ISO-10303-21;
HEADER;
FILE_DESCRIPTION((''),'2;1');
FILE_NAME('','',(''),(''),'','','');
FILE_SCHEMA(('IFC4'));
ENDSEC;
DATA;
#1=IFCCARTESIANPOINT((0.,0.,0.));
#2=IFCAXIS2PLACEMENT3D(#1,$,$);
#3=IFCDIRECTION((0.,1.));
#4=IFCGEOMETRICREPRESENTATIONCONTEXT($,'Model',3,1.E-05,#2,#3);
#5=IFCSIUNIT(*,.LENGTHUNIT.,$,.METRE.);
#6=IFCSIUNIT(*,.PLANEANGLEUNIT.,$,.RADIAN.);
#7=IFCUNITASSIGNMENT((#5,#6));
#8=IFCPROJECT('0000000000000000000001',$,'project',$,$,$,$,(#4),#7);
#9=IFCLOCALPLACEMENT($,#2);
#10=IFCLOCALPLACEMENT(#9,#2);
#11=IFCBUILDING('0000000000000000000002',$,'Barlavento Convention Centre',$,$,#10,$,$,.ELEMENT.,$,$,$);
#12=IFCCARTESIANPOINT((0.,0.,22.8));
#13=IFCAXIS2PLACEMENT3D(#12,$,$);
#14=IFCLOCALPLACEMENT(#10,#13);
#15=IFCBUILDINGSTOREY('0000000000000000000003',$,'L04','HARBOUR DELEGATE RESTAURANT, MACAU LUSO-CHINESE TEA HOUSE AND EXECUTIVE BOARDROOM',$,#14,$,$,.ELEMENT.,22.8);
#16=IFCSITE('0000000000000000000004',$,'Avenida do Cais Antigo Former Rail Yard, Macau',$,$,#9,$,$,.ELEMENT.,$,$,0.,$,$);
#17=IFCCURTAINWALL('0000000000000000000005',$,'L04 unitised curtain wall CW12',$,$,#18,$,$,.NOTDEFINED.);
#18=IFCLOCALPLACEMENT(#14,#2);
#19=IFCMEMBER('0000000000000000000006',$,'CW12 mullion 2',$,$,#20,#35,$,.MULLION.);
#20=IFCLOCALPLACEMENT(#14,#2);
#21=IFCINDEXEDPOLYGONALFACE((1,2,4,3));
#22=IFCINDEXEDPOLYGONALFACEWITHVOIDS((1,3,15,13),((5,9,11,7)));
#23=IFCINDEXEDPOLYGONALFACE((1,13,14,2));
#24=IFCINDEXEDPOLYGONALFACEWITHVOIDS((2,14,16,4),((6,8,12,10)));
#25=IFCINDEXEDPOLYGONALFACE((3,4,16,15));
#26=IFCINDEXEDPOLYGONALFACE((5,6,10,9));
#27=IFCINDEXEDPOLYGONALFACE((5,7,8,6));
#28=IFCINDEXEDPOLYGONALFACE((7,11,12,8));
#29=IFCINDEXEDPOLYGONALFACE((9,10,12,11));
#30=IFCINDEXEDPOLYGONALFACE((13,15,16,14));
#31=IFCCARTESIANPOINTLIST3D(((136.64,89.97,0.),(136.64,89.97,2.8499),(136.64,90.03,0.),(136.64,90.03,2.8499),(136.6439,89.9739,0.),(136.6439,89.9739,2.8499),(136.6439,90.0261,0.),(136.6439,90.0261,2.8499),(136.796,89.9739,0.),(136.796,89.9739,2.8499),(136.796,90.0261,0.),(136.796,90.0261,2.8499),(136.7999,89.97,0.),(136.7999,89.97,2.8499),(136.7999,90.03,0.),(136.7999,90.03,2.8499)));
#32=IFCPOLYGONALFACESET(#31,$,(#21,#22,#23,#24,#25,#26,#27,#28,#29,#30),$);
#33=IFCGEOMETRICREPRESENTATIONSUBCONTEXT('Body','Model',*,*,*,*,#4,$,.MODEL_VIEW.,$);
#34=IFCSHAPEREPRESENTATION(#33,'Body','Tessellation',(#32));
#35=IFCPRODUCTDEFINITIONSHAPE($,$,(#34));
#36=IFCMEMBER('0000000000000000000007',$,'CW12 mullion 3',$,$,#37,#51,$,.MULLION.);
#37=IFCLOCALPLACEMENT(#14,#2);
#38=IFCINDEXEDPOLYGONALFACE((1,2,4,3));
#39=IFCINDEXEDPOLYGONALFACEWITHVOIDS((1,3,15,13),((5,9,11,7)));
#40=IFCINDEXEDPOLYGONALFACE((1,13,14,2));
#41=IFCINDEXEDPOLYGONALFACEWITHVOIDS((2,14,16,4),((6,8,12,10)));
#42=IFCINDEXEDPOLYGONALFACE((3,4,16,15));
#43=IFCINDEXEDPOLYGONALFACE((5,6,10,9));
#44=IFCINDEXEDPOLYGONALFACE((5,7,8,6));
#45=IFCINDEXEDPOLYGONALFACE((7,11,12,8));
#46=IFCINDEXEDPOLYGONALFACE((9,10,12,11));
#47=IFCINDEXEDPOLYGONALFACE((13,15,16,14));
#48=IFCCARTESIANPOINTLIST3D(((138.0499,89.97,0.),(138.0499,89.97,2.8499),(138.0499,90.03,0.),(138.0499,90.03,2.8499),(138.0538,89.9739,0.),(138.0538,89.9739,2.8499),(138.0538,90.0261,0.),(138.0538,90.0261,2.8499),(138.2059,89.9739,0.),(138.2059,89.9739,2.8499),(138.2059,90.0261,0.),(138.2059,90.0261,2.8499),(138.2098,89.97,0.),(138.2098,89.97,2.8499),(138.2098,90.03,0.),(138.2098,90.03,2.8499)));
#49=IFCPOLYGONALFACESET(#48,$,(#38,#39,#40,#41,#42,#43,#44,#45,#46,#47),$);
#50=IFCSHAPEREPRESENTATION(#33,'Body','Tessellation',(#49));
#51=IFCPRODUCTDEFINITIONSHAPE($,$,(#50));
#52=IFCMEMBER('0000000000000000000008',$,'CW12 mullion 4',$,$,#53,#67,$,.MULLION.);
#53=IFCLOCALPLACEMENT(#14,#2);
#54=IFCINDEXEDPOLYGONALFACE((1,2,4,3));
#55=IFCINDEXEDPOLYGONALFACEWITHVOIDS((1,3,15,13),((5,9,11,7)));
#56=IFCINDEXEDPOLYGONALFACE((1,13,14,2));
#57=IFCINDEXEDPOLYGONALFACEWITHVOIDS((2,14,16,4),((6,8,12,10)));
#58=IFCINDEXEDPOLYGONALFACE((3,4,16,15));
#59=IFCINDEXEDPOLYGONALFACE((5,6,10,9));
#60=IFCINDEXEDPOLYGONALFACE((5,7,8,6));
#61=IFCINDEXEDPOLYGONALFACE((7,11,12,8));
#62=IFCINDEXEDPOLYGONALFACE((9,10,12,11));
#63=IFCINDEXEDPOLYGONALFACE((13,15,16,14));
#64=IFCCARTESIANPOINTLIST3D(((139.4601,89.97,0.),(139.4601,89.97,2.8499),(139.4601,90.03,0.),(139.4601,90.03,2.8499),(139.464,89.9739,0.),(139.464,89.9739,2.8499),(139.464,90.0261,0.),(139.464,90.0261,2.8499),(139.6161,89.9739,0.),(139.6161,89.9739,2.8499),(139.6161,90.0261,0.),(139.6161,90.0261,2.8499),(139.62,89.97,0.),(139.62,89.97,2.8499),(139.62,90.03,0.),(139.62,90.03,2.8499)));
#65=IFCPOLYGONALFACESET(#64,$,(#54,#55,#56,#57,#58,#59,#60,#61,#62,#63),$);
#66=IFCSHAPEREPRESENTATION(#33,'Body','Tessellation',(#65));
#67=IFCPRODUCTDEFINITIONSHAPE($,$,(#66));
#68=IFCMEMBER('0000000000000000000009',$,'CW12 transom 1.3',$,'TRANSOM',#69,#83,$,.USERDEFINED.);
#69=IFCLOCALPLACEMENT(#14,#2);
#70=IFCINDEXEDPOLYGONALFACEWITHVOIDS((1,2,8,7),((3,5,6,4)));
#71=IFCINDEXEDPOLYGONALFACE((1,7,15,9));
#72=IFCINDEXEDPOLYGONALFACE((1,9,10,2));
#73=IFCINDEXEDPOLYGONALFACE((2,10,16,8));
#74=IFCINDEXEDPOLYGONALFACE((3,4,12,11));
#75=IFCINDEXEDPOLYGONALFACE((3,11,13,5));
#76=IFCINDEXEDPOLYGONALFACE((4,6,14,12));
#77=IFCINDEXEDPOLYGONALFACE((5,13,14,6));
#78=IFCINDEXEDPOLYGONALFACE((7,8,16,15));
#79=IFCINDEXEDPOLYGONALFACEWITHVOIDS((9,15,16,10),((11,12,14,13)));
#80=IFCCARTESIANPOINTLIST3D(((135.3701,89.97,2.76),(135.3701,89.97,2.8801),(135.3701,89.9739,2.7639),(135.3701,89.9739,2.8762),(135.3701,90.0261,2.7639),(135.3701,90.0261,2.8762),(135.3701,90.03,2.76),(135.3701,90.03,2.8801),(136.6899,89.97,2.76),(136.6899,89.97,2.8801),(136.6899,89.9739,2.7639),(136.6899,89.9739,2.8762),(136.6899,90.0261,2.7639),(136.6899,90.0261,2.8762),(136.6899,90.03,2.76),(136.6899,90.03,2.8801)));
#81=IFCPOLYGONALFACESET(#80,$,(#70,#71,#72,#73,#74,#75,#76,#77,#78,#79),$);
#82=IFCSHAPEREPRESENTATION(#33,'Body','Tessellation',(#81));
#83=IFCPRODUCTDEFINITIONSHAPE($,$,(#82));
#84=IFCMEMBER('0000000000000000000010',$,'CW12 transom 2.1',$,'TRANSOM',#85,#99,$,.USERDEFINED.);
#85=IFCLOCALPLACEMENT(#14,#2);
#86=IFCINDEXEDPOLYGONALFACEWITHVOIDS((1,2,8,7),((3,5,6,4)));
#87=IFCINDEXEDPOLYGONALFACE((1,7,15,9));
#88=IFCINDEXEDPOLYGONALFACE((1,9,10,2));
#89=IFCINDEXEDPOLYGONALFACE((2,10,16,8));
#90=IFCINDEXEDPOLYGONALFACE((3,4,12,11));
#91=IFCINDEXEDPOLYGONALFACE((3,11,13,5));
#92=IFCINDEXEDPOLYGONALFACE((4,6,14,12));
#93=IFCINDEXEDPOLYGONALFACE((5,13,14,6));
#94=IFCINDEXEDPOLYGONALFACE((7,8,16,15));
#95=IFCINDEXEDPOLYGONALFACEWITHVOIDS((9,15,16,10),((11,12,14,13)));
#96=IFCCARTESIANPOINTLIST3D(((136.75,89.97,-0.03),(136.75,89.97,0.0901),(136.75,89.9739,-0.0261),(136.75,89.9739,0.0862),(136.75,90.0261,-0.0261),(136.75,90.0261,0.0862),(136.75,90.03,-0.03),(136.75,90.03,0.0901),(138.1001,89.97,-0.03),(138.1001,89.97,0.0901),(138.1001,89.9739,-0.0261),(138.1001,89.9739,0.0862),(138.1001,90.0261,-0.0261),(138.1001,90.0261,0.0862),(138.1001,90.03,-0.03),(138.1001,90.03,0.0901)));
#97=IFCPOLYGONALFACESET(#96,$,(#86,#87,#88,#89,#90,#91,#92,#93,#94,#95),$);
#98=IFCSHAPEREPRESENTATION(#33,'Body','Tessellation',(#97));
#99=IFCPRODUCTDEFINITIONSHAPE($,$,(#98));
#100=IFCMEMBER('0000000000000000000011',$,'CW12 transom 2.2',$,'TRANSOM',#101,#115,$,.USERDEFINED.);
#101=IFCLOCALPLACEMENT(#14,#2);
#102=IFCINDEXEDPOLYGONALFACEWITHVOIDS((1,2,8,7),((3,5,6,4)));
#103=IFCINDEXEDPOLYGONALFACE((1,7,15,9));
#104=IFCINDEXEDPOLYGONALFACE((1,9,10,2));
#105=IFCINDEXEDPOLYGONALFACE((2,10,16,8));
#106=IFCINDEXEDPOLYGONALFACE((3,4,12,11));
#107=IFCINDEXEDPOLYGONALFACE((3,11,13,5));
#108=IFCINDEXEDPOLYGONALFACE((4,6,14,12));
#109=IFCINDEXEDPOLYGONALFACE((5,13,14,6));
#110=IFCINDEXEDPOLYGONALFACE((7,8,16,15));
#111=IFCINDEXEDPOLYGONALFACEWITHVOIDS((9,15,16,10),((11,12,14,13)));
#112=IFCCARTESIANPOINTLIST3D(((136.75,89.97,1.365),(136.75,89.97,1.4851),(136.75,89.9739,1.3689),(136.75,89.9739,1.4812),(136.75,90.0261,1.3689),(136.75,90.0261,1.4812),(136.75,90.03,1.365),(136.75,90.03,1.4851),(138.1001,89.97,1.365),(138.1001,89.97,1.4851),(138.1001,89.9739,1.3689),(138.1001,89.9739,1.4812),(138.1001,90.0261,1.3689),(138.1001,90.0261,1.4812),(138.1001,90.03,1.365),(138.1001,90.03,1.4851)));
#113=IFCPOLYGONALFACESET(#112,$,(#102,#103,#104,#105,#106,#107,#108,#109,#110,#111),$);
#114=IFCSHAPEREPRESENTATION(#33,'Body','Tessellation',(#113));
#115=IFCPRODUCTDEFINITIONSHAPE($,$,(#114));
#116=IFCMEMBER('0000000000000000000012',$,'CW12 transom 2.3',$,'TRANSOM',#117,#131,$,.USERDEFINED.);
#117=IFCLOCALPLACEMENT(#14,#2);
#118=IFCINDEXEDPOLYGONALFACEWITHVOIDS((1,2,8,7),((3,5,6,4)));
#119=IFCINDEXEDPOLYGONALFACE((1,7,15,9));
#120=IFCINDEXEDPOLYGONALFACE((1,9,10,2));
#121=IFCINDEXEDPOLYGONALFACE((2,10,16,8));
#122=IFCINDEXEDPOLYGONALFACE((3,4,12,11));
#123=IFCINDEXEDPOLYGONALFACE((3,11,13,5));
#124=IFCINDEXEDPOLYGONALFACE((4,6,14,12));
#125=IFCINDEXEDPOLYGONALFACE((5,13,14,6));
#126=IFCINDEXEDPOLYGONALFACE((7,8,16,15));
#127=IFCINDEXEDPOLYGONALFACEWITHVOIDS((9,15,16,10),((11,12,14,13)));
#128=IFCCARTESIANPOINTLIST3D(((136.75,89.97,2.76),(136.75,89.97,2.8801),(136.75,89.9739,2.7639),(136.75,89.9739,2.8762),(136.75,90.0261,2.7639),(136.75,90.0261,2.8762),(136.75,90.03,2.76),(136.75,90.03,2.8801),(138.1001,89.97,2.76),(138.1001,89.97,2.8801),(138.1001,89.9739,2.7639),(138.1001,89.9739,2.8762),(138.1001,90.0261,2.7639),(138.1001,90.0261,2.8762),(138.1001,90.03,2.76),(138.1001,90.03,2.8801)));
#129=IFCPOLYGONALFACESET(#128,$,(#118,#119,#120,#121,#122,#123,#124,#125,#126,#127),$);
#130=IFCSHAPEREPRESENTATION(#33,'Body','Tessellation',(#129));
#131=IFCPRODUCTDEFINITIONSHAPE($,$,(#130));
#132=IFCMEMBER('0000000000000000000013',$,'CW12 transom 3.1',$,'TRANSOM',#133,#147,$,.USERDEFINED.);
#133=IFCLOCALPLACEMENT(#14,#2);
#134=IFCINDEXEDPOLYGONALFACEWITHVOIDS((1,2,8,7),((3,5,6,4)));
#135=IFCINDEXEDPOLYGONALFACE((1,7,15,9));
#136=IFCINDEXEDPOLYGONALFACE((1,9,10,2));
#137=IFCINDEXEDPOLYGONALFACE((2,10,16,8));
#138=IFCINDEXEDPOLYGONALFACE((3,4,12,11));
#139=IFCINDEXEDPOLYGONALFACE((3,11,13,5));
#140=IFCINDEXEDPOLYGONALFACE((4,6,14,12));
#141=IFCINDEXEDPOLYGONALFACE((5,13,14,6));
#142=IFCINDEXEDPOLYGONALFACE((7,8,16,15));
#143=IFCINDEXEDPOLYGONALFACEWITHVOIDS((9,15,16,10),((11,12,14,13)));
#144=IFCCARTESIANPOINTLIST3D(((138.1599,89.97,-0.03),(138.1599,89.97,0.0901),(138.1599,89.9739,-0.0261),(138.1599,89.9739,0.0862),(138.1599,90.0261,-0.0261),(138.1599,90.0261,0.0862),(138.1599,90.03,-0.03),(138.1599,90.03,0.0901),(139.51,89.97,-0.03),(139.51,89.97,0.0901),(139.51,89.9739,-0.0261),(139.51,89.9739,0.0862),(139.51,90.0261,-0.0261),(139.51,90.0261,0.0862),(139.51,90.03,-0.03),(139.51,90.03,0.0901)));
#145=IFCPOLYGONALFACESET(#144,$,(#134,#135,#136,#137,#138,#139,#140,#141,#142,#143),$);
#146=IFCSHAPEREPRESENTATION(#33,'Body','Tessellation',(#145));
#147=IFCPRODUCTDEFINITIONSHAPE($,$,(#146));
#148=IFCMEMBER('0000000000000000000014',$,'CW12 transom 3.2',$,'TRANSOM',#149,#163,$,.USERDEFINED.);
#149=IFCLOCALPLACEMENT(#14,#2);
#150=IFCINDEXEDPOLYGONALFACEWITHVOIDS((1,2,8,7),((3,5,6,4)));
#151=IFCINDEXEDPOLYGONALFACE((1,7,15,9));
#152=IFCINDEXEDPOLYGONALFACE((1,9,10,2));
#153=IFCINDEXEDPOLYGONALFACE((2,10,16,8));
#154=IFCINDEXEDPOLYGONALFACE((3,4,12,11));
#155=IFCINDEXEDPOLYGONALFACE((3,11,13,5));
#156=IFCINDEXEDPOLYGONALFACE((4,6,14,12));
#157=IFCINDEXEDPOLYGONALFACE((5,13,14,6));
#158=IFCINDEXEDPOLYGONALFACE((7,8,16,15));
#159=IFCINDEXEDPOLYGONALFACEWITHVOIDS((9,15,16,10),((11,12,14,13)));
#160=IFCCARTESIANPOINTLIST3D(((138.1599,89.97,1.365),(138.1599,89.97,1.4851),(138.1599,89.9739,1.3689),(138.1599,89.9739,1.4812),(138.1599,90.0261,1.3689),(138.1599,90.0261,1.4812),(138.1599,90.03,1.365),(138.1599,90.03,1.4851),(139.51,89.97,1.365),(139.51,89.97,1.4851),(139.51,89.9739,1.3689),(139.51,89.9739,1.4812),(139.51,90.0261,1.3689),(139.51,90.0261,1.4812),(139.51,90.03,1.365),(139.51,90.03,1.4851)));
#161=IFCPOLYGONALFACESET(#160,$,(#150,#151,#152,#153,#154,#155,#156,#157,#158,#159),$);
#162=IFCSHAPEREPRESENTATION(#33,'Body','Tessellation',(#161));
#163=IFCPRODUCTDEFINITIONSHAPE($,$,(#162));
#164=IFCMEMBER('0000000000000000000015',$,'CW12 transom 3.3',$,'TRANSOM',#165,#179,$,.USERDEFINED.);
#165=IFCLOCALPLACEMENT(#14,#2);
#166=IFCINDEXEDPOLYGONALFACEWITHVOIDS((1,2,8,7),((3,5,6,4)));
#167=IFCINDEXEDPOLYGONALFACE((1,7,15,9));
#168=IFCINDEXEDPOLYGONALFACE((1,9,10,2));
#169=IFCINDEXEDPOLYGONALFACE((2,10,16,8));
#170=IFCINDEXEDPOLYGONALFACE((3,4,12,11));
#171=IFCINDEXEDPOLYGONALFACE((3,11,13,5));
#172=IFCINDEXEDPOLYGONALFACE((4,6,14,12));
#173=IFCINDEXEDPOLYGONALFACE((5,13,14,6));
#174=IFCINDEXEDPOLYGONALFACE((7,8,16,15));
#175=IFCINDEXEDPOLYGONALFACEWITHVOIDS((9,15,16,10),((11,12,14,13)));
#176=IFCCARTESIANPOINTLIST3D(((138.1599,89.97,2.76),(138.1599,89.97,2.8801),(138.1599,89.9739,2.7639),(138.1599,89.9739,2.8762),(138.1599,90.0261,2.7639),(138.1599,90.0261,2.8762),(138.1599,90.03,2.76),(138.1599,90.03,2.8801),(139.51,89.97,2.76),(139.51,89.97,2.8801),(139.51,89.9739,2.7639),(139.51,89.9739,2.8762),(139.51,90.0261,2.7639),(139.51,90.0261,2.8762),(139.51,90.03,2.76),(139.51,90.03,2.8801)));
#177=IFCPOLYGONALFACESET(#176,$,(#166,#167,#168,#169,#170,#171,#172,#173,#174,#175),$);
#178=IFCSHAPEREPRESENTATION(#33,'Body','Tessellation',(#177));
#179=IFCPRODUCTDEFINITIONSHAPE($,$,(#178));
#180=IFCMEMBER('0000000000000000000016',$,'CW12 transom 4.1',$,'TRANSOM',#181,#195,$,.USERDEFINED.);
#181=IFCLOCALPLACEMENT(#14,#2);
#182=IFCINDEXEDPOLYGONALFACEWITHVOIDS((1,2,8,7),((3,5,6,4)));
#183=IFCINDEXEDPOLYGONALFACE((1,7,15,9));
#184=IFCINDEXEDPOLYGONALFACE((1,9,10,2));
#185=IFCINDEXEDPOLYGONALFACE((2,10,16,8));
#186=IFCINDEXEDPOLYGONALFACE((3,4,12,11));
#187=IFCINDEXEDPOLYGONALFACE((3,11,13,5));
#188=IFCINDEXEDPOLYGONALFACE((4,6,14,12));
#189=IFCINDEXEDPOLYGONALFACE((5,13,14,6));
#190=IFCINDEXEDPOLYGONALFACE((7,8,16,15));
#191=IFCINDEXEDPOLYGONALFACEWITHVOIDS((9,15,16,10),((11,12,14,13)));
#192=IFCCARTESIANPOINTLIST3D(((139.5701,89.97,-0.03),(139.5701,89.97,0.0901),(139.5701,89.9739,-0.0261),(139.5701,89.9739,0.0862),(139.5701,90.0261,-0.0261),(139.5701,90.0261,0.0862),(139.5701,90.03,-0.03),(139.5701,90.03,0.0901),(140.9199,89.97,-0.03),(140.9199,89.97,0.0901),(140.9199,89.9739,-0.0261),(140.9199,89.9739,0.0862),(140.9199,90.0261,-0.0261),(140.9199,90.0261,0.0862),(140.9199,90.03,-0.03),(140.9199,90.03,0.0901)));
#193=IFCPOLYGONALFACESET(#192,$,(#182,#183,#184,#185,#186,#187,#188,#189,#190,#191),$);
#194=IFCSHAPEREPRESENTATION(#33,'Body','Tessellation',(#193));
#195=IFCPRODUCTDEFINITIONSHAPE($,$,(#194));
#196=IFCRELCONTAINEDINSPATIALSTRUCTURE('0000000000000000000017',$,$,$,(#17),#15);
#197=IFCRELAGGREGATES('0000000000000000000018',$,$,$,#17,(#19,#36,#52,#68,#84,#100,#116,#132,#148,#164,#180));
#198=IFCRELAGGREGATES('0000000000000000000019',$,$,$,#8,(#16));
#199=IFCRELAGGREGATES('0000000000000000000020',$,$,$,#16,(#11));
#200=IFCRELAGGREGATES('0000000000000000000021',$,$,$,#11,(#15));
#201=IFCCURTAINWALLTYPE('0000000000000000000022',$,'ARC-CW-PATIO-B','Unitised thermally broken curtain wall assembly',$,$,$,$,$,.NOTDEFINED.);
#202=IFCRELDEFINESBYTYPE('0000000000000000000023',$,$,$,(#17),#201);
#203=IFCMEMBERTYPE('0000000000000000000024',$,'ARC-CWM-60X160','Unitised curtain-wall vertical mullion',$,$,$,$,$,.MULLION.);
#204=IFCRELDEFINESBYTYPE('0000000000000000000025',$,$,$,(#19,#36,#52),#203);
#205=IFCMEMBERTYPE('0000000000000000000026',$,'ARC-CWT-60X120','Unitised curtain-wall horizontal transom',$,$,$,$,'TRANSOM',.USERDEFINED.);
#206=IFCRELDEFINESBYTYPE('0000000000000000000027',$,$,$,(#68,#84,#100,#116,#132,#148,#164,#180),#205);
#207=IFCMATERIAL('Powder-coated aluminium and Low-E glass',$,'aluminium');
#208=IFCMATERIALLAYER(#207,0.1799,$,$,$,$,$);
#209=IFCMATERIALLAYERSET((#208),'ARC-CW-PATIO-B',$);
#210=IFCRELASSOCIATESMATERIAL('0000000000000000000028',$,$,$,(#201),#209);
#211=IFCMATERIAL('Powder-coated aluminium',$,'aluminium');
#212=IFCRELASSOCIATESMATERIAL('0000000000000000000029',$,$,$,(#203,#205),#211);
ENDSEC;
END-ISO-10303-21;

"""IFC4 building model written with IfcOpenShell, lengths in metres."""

from ifc_helpers import new_model, si_unit, direction, frame, origin, origin_2d, place, context, subcontext, project, spatial, hollow_rectangle, extrude, material, layer, layer_set, material_profile, profile_set, type_object, element, aggregate, save


model = new_model("IFC4")

# Units and contexts
model_context = context("Model", 3, precision=1e-05, world=origin(), true_north=direction((0.0, 1.0)))
body_context = subcontext(model_context, "Body", "Model", "MODEL_VIEW")
ifc_project = project(units=[si_unit("LENGTHUNIT", "METRE"), si_unit("PLANEANGLEUNIT", "RADIAN")], contexts=[model_context])

# Site, building, storey
site_placement = place(None, origin())
site = spatial("IfcSite", under=ifc_project, at=site_placement, Name="Avenida do Cais Antigo Former Rail Yard, Macau", CompositionType="ELEMENT", RefElevation=0.0)
building_placement = place(site_placement, origin())
building = spatial("IfcBuilding", under=site, at=building_placement, Name="Barlavento Convention Centre", CompositionType="ELEMENT")
storey_placement = place(building_placement, frame((0.0, 0.0, 22.8)))
storey = spatial("IfcBuildingStorey", under=building, at=storey_placement, Name="L04", Description="HARBOUR DELEGATE RESTAURANT, MACAU LUSO-CHINESE TEA HOUSE AND EXECUTIVE BOARDROOM", CompositionType="ELEMENT", Elevation=22.8)

# Curtain wall, members
ifc_material_1 = material(Name="Powder-coated aluminium and Low-E glass", Category="aluminium")
ifc_layer_1 = layer(ifc_material_1, 0.1799)
ifc_layer_set_1 = layer_set([ifc_layer_1], Name="ARC-CW-PATIO-B")
curtain_wall_type = type_object("IfcCurtainWallType", Name="ARC-CW-PATIO-B", Description="Unitised thermally broken curtain wall assembly", PredefinedType="NOTDEFINED", material=ifc_layer_set_1)
curtain_wall_placement = place(storey_placement, origin())
curtain_wall = element("IfcCurtainWall", 1, at=curtain_wall_placement, inside=storey, type_object=curtain_wall_type, Name="L04 unitised curtain wall CW12", PredefinedType="NOTDEFINED")
ifc_material_2 = material(Name="Powder-coated aluminium", Category="aluminium")
ifc_material_profile_1 = material_profile(ifc_material_2, hollow_rectangle(XDim=0.0601, YDim=0.1599, WallThickness=0.0039, at=origin_2d()), Name="AL-MULL 60x160x4")
ifc_profile_set_1 = profile_set([ifc_material_profile_1], Name="Powder-coated aluminium")
member_type_1 = type_object("IfcMemberType", Name="ARC-CWM-60X160", Description="Unitised curtain-wall vertical mullion", PredefinedType="MULLION", material=ifc_profile_set_1)
member_1_placement = place(storey_placement, frame((136.72, 90.0, 0.0), z_axis=(0.0, 0.0, 1.0), x_axis=(0.0, 1.0, 0.0)))
member_1 = element("IfcMember", 2, at=member_1_placement, type_object=member_type_1, Name="CW12 mullion 2", PredefinedType="MULLION", context=body_context, shape_type="SweptSolid", body=[
    extrude(hollow_rectangle(XDim=0.0601, YDim=0.1599, WallThickness=0.0039, at=origin_2d()), origin(), (0.0, 0.0, 1.0), 2.8499),
])
member_2_placement = place(storey_placement, frame((138.1299, 90.0, 0.0), z_axis=(0.0, 0.0, 1.0), x_axis=(0.0, 1.0, 0.0)))
member_2 = element("IfcMember", 3, at=member_2_placement, type_object=member_type_1, Name="CW12 mullion 3", PredefinedType="MULLION", context=body_context, shape_type="SweptSolid", body=[
    extrude(hollow_rectangle(XDim=0.0601, YDim=0.1599, WallThickness=0.0039, at=origin_2d()), origin(), (0.0, 0.0, 1.0), 2.8499),
])
member_3_placement = place(storey_placement, frame((139.54, 90.0, 0.0), z_axis=(0.0, 0.0, 1.0), x_axis=(0.0, 1.0, 0.0)))
member_3 = element("IfcMember", 4, at=member_3_placement, type_object=member_type_1, Name="CW12 mullion 4", PredefinedType="MULLION", context=body_context, shape_type="SweptSolid", body=[
    extrude(hollow_rectangle(XDim=0.0601, YDim=0.1599, WallThickness=0.0039, at=origin_2d()), origin(), (0.0, 0.0, 1.0), 2.8499),
])
ifc_material_profile_2 = material_profile(ifc_material_2, hollow_rectangle(XDim=0.0601, YDim=0.1201, WallThickness=0.0039, at=origin_2d()), Name="AL-TRAN 60x120x4")
ifc_profile_set_2 = profile_set([ifc_material_profile_2], Name="Powder-coated aluminium")
member_type_2 = type_object("IfcMemberType", Name="ARC-CWT-60X120", Description="Unitised curtain-wall horizontal transom", ElementType="TRANSOM", PredefinedType="USERDEFINED", material=ifc_profile_set_2)
member_4_placement = place(storey_placement, frame((135.3701, 90.0, 2.8201), z_axis=(1.0, 0.0, 0.0), x_axis=(0.0, 1.0, 0.0)))
member_4 = element("IfcMember", 5, at=member_4_placement, type_object=member_type_2, Name="CW12 transom 1.3", ObjectType="TRANSOM", PredefinedType="USERDEFINED", context=body_context, shape_type="SweptSolid", body=[
    extrude(hollow_rectangle(XDim=0.0601, YDim=0.1201, WallThickness=0.0039, at=origin_2d()), origin(), (0.0, 0.0, 1.0), 1.3198),
])
member_5_placement = place(storey_placement, frame((136.75, 90.0, 0.03), z_axis=(1.0, 0.0, 0.0), x_axis=(0.0, 1.0, 0.0)))
member_5 = element("IfcMember", 6, at=member_5_placement, type_object=member_type_2, Name="CW12 transom 2.1", ObjectType="TRANSOM", PredefinedType="USERDEFINED", context=body_context, shape_type="SweptSolid", body=[
    extrude(hollow_rectangle(XDim=0.0601, YDim=0.1201, WallThickness=0.0039, at=origin_2d()), origin(), (0.0, 0.0, 1.0), 1.3501),
])
member_6_placement = place(storey_placement, frame((136.75, 90.0, 1.425), z_axis=(1.0, 0.0, 0.0), x_axis=(0.0, 1.0, 0.0)))
member_6 = element("IfcMember", 7, at=member_6_placement, type_object=member_type_2, Name="CW12 transom 2.2", ObjectType="TRANSOM", PredefinedType="USERDEFINED", context=body_context, shape_type="SweptSolid", body=[
    extrude(hollow_rectangle(XDim=0.0601, YDim=0.1201, WallThickness=0.0039, at=origin_2d()), origin(), (0.0, 0.0, 1.0), 1.3501),
])
member_7_placement = place(storey_placement, frame((136.75, 90.0, 2.8201), z_axis=(1.0, 0.0, 0.0), x_axis=(0.0, 1.0, 0.0)))
member_7 = element("IfcMember", 8, at=member_7_placement, type_object=member_type_2, Name="CW12 transom 2.3", ObjectType="TRANSOM", PredefinedType="USERDEFINED", context=body_context, shape_type="SweptSolid", body=[
    extrude(hollow_rectangle(XDim=0.0601, YDim=0.1201, WallThickness=0.0039, at=origin_2d()), origin(), (0.0, 0.0, 1.0), 1.3501),
])
member_8_placement = place(storey_placement, frame((138.1599, 90.0, 0.03), z_axis=(1.0, 0.0, 0.0), x_axis=(0.0, 1.0, 0.0)))
member_8 = element("IfcMember", 9, at=member_8_placement, type_object=member_type_2, Name="CW12 transom 3.1", ObjectType="TRANSOM", PredefinedType="USERDEFINED", context=body_context, shape_type="SweptSolid", body=[
    extrude(hollow_rectangle(XDim=0.0601, YDim=0.1201, WallThickness=0.0039, at=origin_2d()), origin(), (0.0, 0.0, 1.0), 1.3501),
])
member_9_placement = place(storey_placement, frame((138.1599, 90.0, 1.425), z_axis=(1.0, 0.0, 0.0), x_axis=(0.0, 1.0, 0.0)))
member_9 = element("IfcMember", 10, at=member_9_placement, type_object=member_type_2, Name="CW12 transom 3.2", ObjectType="TRANSOM", PredefinedType="USERDEFINED", context=body_context, shape_type="SweptSolid", body=[
    extrude(hollow_rectangle(XDim=0.0601, YDim=0.1201, WallThickness=0.0039, at=origin_2d()), origin(), (0.0, 0.0, 1.0), 1.3501),
])
member_10_placement = place(storey_placement, frame((138.1599, 90.0, 2.8201), z_axis=(1.0, 0.0, 0.0), x_axis=(0.0, 1.0, 0.0)))
member_10 = element("IfcMember", 11, at=member_10_placement, type_object=member_type_2, Name="CW12 transom 3.3", ObjectType="TRANSOM", PredefinedType="USERDEFINED", context=body_context, shape_type="SweptSolid", body=[
    extrude(hollow_rectangle(XDim=0.0601, YDim=0.1201, WallThickness=0.0039, at=origin_2d()), origin(), (0.0, 0.0, 1.0), 1.3501),
])
member_11_placement = place(storey_placement, frame((139.5701, 90.0, 0.03), z_axis=(1.0, 0.0, 0.0), x_axis=(0.0, 1.0, 0.0)))
member_11 = element("IfcMember", 12, at=member_11_placement, type_object=member_type_2, Name="CW12 transom 4.1", ObjectType="TRANSOM", PredefinedType="USERDEFINED", context=body_context, shape_type="SweptSolid", body=[
    extrude(hollow_rectangle(XDim=0.0601, YDim=0.1201, WallThickness=0.0039, at=origin_2d()), origin(), (0.0, 0.0, 1.0), 1.3499),
])
aggregate(curtain_wall, [member_1, member_2, member_3, member_4, member_5, member_6, member_7, member_8, member_9, member_10, member_11])

save(model, "model.ifc")
